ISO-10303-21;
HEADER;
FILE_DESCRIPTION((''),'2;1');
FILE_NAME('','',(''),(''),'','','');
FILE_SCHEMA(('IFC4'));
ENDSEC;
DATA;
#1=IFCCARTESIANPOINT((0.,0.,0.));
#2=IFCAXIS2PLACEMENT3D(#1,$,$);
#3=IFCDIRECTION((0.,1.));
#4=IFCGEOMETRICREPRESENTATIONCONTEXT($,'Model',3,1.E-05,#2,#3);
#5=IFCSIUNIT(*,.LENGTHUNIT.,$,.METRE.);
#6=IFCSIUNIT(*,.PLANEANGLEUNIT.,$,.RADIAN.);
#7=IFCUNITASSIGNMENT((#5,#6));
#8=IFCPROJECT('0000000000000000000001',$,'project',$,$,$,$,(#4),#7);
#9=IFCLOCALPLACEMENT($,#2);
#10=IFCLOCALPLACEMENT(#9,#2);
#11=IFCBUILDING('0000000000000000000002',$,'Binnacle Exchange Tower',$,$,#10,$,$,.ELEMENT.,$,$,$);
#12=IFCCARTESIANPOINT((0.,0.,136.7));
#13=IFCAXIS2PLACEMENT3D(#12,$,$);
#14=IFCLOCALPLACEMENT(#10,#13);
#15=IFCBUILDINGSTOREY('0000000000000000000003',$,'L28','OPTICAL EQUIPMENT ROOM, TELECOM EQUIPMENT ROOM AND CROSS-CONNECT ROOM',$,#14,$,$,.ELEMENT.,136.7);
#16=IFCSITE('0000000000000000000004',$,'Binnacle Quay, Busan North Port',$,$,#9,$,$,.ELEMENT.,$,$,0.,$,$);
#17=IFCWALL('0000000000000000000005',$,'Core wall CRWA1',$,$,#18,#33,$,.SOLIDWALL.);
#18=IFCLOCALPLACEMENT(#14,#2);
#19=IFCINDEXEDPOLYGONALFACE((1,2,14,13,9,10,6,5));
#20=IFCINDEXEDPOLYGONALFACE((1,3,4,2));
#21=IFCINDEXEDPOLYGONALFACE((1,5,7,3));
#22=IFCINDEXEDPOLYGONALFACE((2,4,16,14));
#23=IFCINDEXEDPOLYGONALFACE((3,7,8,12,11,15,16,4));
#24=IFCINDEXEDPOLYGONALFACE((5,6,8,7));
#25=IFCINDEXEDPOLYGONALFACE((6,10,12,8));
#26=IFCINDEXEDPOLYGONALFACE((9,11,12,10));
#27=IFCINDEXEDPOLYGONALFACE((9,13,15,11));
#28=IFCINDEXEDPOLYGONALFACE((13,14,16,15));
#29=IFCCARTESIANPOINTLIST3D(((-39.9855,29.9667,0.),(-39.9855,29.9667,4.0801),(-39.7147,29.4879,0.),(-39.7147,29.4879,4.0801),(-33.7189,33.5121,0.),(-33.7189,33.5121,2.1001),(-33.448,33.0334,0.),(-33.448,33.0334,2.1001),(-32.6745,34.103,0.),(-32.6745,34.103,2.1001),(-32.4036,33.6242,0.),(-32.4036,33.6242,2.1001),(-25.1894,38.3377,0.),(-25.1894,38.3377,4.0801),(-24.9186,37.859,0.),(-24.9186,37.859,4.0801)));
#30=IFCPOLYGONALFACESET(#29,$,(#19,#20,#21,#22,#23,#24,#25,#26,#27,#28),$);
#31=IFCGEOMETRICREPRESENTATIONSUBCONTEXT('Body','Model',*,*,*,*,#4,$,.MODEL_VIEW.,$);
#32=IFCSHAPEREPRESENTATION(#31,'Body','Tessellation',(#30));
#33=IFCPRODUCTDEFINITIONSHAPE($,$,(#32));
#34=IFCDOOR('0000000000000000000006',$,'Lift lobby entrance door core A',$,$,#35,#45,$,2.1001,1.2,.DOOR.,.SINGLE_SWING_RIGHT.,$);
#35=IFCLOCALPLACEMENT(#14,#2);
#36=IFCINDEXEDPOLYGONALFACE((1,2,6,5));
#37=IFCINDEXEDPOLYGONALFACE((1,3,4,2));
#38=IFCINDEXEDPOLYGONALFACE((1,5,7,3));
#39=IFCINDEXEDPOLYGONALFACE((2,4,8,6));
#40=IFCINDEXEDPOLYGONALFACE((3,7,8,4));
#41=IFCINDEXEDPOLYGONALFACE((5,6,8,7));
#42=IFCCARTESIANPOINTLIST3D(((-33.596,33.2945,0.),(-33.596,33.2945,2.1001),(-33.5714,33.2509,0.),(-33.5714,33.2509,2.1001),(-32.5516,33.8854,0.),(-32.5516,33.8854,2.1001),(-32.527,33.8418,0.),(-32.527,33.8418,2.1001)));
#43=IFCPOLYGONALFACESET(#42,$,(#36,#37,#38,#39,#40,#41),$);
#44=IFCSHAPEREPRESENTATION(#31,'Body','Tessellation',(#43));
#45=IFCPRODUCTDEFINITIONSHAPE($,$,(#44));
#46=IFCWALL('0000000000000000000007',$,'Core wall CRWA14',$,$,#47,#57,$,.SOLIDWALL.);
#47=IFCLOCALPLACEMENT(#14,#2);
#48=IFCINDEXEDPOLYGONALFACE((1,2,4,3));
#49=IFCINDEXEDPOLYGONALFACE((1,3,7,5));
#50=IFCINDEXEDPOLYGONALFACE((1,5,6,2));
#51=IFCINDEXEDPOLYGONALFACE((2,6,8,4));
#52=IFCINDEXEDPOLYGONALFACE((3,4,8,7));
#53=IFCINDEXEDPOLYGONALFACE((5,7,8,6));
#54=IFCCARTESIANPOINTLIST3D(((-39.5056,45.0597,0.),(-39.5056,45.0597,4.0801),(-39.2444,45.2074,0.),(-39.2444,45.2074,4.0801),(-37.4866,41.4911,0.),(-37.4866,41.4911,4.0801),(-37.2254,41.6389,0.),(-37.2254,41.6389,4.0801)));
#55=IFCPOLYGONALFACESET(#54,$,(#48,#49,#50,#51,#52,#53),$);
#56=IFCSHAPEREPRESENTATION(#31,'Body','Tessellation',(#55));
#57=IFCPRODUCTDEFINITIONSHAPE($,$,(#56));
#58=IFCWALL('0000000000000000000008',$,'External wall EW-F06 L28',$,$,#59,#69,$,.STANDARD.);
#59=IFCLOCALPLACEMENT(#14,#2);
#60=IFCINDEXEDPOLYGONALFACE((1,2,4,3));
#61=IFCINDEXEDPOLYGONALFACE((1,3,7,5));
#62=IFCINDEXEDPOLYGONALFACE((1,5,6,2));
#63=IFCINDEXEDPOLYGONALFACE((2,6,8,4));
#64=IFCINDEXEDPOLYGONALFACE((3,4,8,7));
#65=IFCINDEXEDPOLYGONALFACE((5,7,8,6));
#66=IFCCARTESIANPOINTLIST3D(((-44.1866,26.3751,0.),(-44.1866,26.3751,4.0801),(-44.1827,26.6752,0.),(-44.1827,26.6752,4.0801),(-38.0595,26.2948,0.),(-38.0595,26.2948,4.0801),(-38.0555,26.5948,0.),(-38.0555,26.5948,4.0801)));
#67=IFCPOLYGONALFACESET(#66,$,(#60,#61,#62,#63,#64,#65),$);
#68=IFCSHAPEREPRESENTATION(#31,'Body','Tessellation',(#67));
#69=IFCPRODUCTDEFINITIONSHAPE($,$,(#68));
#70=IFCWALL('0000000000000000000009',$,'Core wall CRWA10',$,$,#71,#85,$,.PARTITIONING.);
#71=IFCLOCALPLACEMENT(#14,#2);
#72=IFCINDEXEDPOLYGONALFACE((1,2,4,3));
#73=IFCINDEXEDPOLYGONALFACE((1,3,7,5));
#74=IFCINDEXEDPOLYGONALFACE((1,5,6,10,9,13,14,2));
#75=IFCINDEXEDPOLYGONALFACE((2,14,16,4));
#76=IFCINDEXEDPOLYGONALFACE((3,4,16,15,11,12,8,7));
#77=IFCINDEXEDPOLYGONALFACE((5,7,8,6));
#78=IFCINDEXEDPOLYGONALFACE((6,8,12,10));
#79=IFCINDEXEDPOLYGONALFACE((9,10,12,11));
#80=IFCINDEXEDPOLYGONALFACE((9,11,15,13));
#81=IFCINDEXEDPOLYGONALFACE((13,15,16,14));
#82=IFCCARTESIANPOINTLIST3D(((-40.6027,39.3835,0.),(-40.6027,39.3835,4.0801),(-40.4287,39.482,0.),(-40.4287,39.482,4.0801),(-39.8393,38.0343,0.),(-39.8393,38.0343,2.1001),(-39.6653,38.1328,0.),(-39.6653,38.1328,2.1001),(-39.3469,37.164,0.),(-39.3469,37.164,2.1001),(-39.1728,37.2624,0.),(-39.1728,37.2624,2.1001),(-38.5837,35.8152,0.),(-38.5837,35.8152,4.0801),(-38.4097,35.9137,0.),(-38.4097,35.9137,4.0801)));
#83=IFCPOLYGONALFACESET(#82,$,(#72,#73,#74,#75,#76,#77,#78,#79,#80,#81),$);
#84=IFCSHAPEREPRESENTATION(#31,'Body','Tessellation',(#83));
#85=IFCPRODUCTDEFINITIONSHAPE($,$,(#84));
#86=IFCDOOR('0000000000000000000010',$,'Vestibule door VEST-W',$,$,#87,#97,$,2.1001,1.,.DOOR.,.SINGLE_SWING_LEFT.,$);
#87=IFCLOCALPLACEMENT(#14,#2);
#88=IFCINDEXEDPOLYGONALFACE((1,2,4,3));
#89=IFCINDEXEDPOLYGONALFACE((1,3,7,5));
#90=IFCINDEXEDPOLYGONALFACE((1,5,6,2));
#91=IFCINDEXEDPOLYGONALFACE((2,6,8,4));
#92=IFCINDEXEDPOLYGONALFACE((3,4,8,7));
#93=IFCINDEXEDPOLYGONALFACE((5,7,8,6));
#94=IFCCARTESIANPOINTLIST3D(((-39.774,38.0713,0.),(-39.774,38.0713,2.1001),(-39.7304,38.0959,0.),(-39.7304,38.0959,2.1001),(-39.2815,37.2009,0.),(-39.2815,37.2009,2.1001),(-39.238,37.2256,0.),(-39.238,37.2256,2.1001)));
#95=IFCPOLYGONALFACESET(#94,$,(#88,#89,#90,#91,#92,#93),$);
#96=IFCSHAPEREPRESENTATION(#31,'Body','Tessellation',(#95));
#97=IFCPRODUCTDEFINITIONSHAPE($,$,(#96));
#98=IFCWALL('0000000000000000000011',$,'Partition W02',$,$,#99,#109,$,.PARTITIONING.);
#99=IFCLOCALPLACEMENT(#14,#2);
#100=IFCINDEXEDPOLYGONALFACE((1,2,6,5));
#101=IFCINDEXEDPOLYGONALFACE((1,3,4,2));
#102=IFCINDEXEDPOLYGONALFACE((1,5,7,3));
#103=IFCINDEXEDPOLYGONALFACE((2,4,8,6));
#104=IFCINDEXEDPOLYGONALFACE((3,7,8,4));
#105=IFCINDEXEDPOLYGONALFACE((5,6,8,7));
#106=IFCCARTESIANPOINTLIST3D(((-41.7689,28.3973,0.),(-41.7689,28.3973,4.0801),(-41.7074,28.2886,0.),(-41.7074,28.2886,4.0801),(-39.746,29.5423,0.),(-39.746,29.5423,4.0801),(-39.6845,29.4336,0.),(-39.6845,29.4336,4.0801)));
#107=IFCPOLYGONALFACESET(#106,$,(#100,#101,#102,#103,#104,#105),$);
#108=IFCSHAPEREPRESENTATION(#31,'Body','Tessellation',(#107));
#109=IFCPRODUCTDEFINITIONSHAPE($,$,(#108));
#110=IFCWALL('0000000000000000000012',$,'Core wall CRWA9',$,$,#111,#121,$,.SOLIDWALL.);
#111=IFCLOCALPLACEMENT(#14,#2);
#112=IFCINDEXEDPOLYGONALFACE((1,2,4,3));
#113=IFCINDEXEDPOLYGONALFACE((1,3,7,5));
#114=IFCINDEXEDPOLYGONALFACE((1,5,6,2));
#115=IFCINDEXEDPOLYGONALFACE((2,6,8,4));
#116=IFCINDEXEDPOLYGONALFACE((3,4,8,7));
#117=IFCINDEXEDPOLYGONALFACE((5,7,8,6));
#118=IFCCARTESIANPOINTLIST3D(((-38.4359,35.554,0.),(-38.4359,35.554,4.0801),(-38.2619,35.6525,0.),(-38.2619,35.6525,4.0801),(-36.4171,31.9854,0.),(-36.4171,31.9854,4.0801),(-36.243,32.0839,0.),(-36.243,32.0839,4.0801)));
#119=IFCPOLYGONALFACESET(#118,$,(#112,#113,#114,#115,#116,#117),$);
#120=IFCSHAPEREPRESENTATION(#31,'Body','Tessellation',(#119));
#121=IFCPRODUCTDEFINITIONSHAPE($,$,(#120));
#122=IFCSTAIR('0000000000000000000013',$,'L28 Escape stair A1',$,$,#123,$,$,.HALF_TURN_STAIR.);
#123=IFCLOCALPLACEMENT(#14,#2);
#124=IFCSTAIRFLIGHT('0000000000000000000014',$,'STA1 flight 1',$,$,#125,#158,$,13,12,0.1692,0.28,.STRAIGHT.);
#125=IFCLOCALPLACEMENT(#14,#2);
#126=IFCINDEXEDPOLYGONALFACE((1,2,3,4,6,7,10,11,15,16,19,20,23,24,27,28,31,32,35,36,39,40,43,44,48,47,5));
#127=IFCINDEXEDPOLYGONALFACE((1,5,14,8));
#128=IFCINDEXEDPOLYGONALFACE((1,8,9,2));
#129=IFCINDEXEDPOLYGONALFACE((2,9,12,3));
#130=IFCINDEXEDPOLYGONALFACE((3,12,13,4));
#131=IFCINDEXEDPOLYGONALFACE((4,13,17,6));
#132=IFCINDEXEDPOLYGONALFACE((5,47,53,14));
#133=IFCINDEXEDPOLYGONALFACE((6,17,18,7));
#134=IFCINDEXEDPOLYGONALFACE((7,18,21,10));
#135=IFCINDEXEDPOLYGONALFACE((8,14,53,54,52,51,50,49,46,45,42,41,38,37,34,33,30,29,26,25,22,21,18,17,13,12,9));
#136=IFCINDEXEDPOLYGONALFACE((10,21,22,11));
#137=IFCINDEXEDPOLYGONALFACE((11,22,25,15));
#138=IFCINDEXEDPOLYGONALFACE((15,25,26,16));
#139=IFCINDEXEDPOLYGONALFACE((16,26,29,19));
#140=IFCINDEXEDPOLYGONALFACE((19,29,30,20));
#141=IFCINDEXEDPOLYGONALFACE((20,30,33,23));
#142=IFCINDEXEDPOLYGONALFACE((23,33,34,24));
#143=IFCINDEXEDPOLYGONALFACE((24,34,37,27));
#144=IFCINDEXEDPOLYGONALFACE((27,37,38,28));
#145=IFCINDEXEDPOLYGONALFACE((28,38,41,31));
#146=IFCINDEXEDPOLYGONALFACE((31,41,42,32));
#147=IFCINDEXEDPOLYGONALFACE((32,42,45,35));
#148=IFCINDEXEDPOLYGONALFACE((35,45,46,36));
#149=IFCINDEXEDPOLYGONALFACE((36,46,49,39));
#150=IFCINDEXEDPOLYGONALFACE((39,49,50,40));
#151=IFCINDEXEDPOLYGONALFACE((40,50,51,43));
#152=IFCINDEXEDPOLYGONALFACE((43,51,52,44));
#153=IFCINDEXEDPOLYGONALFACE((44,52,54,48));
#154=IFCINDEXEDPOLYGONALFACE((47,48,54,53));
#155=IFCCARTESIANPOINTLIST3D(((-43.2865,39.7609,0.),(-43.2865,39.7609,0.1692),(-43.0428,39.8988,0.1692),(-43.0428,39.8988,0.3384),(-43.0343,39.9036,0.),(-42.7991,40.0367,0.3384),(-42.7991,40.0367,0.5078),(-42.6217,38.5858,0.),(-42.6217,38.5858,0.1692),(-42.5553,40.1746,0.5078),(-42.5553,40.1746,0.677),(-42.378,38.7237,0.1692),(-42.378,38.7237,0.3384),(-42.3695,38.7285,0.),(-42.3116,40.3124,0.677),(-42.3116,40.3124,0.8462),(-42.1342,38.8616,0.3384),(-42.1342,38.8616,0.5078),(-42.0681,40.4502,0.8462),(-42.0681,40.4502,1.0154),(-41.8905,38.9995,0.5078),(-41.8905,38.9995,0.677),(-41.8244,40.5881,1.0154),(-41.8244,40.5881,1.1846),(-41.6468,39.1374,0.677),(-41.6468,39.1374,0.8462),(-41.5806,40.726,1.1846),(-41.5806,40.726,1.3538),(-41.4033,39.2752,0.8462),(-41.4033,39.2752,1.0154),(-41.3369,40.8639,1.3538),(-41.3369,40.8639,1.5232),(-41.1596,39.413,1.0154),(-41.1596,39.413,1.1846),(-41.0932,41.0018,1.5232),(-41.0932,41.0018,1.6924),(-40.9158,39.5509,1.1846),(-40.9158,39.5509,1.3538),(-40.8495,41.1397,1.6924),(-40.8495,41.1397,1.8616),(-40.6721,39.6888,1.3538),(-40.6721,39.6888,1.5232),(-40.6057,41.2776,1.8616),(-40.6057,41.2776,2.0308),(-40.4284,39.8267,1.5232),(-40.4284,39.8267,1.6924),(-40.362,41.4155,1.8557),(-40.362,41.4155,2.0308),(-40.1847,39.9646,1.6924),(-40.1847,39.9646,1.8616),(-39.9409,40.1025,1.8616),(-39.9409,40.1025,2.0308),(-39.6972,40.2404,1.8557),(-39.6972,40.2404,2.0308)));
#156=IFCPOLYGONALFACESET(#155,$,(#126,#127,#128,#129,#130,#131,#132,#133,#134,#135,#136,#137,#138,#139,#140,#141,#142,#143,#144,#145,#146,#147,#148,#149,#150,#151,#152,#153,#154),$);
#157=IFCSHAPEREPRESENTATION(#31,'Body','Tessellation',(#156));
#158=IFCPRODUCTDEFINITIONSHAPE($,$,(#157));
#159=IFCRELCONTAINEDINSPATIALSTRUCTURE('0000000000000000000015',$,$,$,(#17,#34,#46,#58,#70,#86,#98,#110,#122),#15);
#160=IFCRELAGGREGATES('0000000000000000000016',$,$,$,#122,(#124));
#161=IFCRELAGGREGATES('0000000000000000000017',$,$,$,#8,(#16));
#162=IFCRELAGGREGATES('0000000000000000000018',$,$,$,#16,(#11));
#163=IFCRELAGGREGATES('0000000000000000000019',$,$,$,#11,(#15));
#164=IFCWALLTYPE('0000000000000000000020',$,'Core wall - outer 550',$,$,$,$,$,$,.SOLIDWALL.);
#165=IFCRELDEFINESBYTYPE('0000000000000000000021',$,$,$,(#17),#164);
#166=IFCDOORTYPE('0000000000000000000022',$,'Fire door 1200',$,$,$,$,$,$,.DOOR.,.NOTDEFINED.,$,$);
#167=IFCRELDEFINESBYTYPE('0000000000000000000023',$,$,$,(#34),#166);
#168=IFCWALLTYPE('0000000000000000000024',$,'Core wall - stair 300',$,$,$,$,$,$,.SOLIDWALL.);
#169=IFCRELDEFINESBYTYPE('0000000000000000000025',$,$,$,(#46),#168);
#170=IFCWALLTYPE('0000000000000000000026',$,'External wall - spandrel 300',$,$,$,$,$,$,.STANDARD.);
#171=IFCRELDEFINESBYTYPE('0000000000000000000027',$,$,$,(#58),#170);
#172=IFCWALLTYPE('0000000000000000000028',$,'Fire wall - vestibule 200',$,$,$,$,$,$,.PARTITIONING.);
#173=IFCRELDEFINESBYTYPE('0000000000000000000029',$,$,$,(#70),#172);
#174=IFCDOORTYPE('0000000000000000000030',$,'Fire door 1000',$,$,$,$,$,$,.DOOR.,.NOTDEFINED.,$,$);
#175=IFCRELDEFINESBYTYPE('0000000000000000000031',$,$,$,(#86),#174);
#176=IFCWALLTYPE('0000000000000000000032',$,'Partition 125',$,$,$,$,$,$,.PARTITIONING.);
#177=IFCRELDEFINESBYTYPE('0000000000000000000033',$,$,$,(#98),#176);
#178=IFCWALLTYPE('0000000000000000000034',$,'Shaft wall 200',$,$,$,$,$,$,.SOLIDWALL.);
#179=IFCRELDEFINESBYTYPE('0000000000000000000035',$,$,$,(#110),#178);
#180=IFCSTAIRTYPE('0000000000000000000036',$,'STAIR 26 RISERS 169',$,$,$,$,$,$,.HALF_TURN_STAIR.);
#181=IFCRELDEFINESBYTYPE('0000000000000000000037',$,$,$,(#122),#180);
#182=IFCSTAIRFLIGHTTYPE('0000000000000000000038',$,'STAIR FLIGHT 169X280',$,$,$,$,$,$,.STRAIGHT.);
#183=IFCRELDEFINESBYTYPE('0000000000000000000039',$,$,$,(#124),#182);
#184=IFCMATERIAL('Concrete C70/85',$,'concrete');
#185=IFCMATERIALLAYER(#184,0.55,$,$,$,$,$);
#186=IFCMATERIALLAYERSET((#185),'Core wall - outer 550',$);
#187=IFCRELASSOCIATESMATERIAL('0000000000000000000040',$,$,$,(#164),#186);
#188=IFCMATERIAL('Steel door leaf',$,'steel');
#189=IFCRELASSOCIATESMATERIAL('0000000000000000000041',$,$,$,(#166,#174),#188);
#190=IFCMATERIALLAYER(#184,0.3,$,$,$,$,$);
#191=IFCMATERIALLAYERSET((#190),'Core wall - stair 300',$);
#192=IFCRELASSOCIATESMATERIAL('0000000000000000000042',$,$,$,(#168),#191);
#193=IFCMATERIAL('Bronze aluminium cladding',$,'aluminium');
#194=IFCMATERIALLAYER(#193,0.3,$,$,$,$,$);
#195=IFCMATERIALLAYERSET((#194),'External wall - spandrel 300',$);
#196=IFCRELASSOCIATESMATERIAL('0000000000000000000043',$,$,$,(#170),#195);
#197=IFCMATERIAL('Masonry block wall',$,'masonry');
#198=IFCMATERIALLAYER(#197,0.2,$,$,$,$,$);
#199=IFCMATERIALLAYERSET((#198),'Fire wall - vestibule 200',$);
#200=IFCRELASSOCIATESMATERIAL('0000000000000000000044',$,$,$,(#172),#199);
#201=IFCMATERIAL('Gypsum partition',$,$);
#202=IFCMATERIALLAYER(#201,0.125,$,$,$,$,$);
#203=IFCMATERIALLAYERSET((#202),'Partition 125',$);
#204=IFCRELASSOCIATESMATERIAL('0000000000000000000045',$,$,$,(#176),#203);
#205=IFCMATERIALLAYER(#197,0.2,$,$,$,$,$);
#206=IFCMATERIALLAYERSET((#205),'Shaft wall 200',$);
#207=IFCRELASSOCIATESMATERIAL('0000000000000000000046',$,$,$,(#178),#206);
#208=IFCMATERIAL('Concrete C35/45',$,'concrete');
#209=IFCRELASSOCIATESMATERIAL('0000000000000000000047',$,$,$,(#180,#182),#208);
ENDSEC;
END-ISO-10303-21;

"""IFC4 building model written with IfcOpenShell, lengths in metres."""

from ifc_helpers import new_model, si_unit, direction, frame, frame_2d, origin, place, context, subcontext, project, spatial, polyline, rectangle, outline, extrude, material, layer, layer_set, type_object, element, fill, aggregate, save


model = new_model("IFC4")

# Units and contexts
model_context = context("Model", 3, precision=1e-05, world=origin(), true_north=direction((0.0, 1.0)))
body_context = subcontext(model_context, "Body", "Model", "MODEL_VIEW")
ifc_project = project(units=[si_unit("LENGTHUNIT", "METRE"), si_unit("PLANEANGLEUNIT", "RADIAN")], contexts=[model_context])

# Site, building, storey
site_placement = place(None, origin())
site = spatial("IfcSite", under=ifc_project, at=site_placement, Name="Binnacle Quay, Busan North Port", CompositionType="ELEMENT", RefElevation=0.0)
building_placement = place(site_placement, origin())
building = spatial("IfcBuilding", under=site, at=building_placement, Name="Binnacle Exchange Tower", CompositionType="ELEMENT")
storey_placement = place(building_placement, frame((0.0, 0.0, 136.7)))
storey = spatial("IfcBuildingStorey", under=building, at=storey_placement, Name="L28", Description="OPTICAL EQUIPMENT ROOM, TELECOM EQUIPMENT ROOM AND CROSS-CONNECT ROOM", CompositionType="ELEMENT", Elevation=136.7)

# Shared definitions
ifc_material_1 = material(Name="Concrete C70/85", Category="concrete")

# Shared definitions
ifc_material_2 = material(Name="Steel door leaf", Category="steel")

# Wall, opening, door
ifc_layer_1 = layer(ifc_material_1, 0.55)
ifc_layer_set_1 = layer_set([ifc_layer_1], Name="Core wall - outer 550")
wall_type_1 = type_object("IfcWallType", Name="Core wall - outer 550", PredefinedType="SOLIDWALL", material=ifc_layer_set_1)
wall_1_placement = place(storey_placement, frame((-39.8501, 29.7273, 0.0), z_axis=(0.0, 0.0, 1.0), x_axis=(0.87036, 0.492416, 0.0)))
wall_1 = element("IfcWall", 1, at=wall_1_placement, inside=storey, type_object=wall_type_1, Name="Core wall CRWA1", PredefinedType="SOLIDWALL", context=body_context, shape_type="SweptSolid", body=[
    extrude(rectangle(XDim=17.0, YDim=0.55, at=frame_2d((8.5, 0.0))), origin(), (0.0, 0.0, 1.0), 4.0801),
])
opening_1_placement = place(wall_1_placement, frame((7.2, 0.0, 0.0)))
opening_1 = element("IfcOpeningElement", 2, at=opening_1_placement, cuts=wall_1, PredefinedType="OPENING", context=body_context, shape_type="SweptSolid", body=[
    extrude(rectangle(XDim=1.2, YDim=2.1001, at=frame_2d((0.6001, 1.05))), frame((0.0, 0.2849, 0.0), z_axis=(0.0, -1.0, 0.0), x_axis=(1.0, 0.0, 0.0)), (0.0, 0.0, 1.0), 0.5701),
])
door_type_1 = type_object("IfcDoorType", Name="Fire door 1200", OperationType="NOTDEFINED", PredefinedType="DOOR", material=ifc_material_2)
door_1_placement = place(opening_1_placement, frame((1.2, 0.0, 0.0), z_axis=(0.0, 0.0, 1.0), x_axis=(-1.0, 0.0, 0.0)))
door_1 = element("IfcDoor", 3, at=door_1_placement, inside=storey, type_object=door_type_1, Name="Lift lobby entrance door core A", OperationType="SINGLE_SWING_RIGHT", OverallHeight=2.1001, OverallWidth=1.2, PredefinedType="DOOR", context=body_context, shape_type="SweptSolid", body=[
    extrude(rectangle(XDim=1.2, YDim=2.1001, at=frame_2d((0.6001, 1.05))), frame((0.0, 0.0249, 0.0), z_axis=(0.0, -1.0, 0.0), x_axis=(1.0, 0.0, 0.0)), (0.0, 0.0, 1.0), 0.05),
])
fill(opening_1, door_1)

# Walls
ifc_layer_2 = layer(ifc_material_1, 0.3)
ifc_layer_set_2 = layer_set([ifc_layer_2], Name="Core wall - stair 300")
wall_type_2 = type_object("IfcWallType", Name="Core wall - stair 300", PredefinedType="SOLIDWALL", material=ifc_layer_set_2)
wall_2_placement = place(storey_placement, frame((-39.375, 45.1335, 0.0), z_axis=(0.0, 0.0, 1.0), x_axis=(0.492428, -0.870353, 0.0)))
element("IfcWall", 4, at=wall_2_placement, inside=storey, type_object=wall_type_2, Name="Core wall CRWA14", PredefinedType="SOLIDWALL", context=body_context, shape_type="SweptSolid", body=[
    extrude(rectangle(XDim=4.1001, YDim=0.3, at=frame_2d((2.05, 0.0))), origin(), (0.0, 0.0, 1.0), 4.0801),
])
ifc_material_3 = material(Name="Bronze aluminium cladding", Category="aluminium")
ifc_layer_3 = layer(ifc_material_3, 0.3)
ifc_layer_set_3 = layer_set([ifc_layer_3], Name="External wall - spandrel 300")
wall_type_3 = type_object("IfcWallType", Name="External wall - spandrel 300", PredefinedType="STANDARD", material=ifc_layer_set_3)
wall_3_placement = place(storey_placement, frame((-38.0574, 26.4448, 0.0), z_axis=(0.0, 0.0, 1.0), x_axis=(-0.999914, 0.013108, 0.0)))
element("IfcWall", 5, at=wall_3_placement, inside=storey, type_object=wall_type_3, Name="External wall EW-F06 L28", PredefinedType="STANDARD", context=body_context, shape_type="SweptSolid", body=[
    extrude(rectangle(XDim=6.1277, YDim=0.3, at=frame_2d((3.064, 0.0))), origin(), (0.0, 0.0, 1.0), 4.0801),
])

# Wall, opening, door
ifc_material_4 = material(Name="Masonry block wall", Category="masonry")
ifc_layer_4 = layer(ifc_material_4, 0.2)
ifc_layer_set_4 = layer_set([ifc_layer_4], Name="Fire wall - vestibule 200")
wall_type_4 = type_object("IfcWallType", Name="Fire wall - vestibule 200", PredefinedType="PARTITIONING", material=ifc_layer_set_4)
wall_4_placement = place(storey_placement, frame((-40.5156, 39.4326, 0.0), z_axis=(0.0, 0.0, 1.0), x_axis=(0.492454, -0.870339, 0.0)))
wall_4 = element("IfcWall", 6, at=wall_4_placement, inside=storey, type_object=wall_type_4, Name="Core wall CRWA10", PredefinedType="PARTITIONING", context=body_context, shape_type="SweptSolid", body=[
    extrude(rectangle(XDim=4.0999, YDim=0.2, at=frame_2d((2.0498, 0.0))), origin(), (0.0, 0.0, 1.0), 4.0801),
])
opening_2_placement = place(wall_4_placement, frame((1.55, 0.0, 0.0)))
opening_2 = element("IfcOpeningElement", 7, at=opening_2_placement, cuts=wall_4, PredefinedType="OPENING", context=body_context, shape_type="SweptSolid", body=[
    extrude(rectangle(XDim=1.0, YDim=2.1001, at=frame_2d((0.5, 1.05))), frame((0.0, 0.1099, 0.0), z_axis=(0.0, -1.0, 0.0), x_axis=(1.0, 0.0, 0.0)), (0.0, 0.0, 1.0), 0.22),
])
door_type_2 = type_object("IfcDoorType", Name="Fire door 1000", OperationType="NOTDEFINED", PredefinedType="DOOR", material=ifc_material_2)
door_2_placement = place(opening_2_placement, frame((1.0, 0.0, 0.0), z_axis=(0.0, 0.0, 1.0), x_axis=(-1.0, 0.0, 0.0)))
door_2 = element("IfcDoor", 8, at=door_2_placement, inside=storey, type_object=door_type_2, Name="Vestibule door VEST-W", OperationType="SINGLE_SWING_LEFT", OverallHeight=2.1001, OverallWidth=1.0, PredefinedType="DOOR", context=body_context, shape_type="SweptSolid", body=[
    extrude(rectangle(XDim=1.0, YDim=2.1001, at=frame_2d((0.5, 1.05))), frame((0.0, 0.0249, 0.0), z_axis=(0.0, -1.0, 0.0), x_axis=(1.0, 0.0, 0.0)), (0.0, 0.0, 1.0), 0.05),
])
fill(opening_2, door_2)

# Walls
ifc_material_5 = material(Name="Gypsum partition")
ifc_layer_5 = layer(ifc_material_5, 0.125)
ifc_layer_set_5 = layer_set([ifc_layer_5], Name="Partition 125")
wall_type_5 = type_object("IfcWallType", Name="Partition 125", PredefinedType="PARTITIONING", material=ifc_layer_set_5)
wall_5_placement = place(storey_placement, frame((-41.738, 28.343, 0.0), z_axis=(0.0, 0.0, 1.0), x_axis=(0.870265, 0.492583, 0.0)))
element("IfcWall", 9, at=wall_5_placement, inside=storey, type_object=wall_type_5, Name="Partition W02", PredefinedType="PARTITIONING", context=body_context, shape_type="SweptSolid", body=[
    extrude(rectangle(XDim=2.3245, YDim=0.125, at=frame_2d((1.1621, 0.0))), origin(), (0.0, 0.0, 1.0), 4.0801),
])
ifc_layer_6 = layer(ifc_material_4, 0.2)
ifc_layer_set_6 = layer_set([ifc_layer_6], Name="Shaft wall 200")
wall_type_6 = type_object("IfcWallType", Name="Shaft wall 200", PredefinedType="SOLIDWALL", material=ifc_layer_set_6)
wall_6_placement = place(storey_placement, frame((-38.3489, 35.6033, 0.0), z_axis=(0.0, 0.0, 1.0), x_axis=(0.492383, -0.870379, 0.0)))
element("IfcWall", 10, at=wall_6_placement, inside=storey, type_object=wall_type_6, Name="Core wall CRWA9", PredefinedType="SOLIDWALL", context=body_context, shape_type="SweptSolid", body=[
    extrude(rectangle(XDim=4.1001, YDim=0.2, at=frame_2d((2.05, 0.0))), origin(), (0.0, 0.0, 1.0), 4.0801),
])

# Stair, stair flight
ifc_material_6 = material(Name="Concrete C35/45", Category="concrete")
stair_type = type_object("IfcStairType", Name="STAIR 26 RISERS 169", PredefinedType="HALF_TURN_STAIR", material=ifc_material_6)
stair_placement = place(storey_placement, origin())
stair = element("IfcStair", 11, at=stair_placement, inside=storey, type_object=stair_type, Name="L28 Escape stair A1", PredefinedType="HALF_TURN_STAIR")
stair_flight_type = type_object("IfcStairFlightType", Name="STAIR FLIGHT 169X280", PredefinedType="STRAIGHT", material=ifc_material_6)
stair_flight_1_placement = place(storey_placement, frame((-42.9541, 39.1733, 0.0), z_axis=(0.0, 0.0, 1.0), x_axis=(0.870356, 0.492424, 0.0)))
stair_flight_1 = element("IfcStairFlight", 12, at=stair_flight_1_placement, type_object=stair_flight_type, Name="STA1 flight 1", NumberOfRisers=13, NumberOfTreads=12, PredefinedType="STRAIGHT", RiserHeight=0.1692, TreadLength=0.28, context=body_context, shape_type="SweptSolid", body=[
    extrude(outline(polyline([(0.0, 0.0), (0.0, 0.1692), (0.28, 0.1692), (0.28, 0.3384), (0.5601, 0.3384), (0.5601, 0.5078), (0.8401, 0.5078), (0.8401, 0.677), (1.1201, 0.677), (1.1201, 0.8462), (1.3999, 0.8462), (1.3999, 1.0154), (1.6799, 1.0154), (1.6799, 1.1846), (1.96, 1.1846), (1.96, 1.3538), (2.24, 1.3538), (2.24, 1.5232), (2.52, 1.5232), (2.52, 1.6924), (2.8, 1.6924), (2.8, 1.8616), (3.0801, 1.8616), (3.0801, 2.0308), (3.3601, 2.0308), (3.3601, 2.2), (3.3601, 1.8557), (0.2898, 0.0), (0.0, 0.0)])), frame((0.0, 0.675, 0.0), z_axis=(0.0, -1.0, 0.0), x_axis=(1.0, 0.0, 0.0)), (0.0, 0.0, 1.0), 1.3501),
])
aggregate(stair, [stair_flight_1])

save(model, "model.ifc")
